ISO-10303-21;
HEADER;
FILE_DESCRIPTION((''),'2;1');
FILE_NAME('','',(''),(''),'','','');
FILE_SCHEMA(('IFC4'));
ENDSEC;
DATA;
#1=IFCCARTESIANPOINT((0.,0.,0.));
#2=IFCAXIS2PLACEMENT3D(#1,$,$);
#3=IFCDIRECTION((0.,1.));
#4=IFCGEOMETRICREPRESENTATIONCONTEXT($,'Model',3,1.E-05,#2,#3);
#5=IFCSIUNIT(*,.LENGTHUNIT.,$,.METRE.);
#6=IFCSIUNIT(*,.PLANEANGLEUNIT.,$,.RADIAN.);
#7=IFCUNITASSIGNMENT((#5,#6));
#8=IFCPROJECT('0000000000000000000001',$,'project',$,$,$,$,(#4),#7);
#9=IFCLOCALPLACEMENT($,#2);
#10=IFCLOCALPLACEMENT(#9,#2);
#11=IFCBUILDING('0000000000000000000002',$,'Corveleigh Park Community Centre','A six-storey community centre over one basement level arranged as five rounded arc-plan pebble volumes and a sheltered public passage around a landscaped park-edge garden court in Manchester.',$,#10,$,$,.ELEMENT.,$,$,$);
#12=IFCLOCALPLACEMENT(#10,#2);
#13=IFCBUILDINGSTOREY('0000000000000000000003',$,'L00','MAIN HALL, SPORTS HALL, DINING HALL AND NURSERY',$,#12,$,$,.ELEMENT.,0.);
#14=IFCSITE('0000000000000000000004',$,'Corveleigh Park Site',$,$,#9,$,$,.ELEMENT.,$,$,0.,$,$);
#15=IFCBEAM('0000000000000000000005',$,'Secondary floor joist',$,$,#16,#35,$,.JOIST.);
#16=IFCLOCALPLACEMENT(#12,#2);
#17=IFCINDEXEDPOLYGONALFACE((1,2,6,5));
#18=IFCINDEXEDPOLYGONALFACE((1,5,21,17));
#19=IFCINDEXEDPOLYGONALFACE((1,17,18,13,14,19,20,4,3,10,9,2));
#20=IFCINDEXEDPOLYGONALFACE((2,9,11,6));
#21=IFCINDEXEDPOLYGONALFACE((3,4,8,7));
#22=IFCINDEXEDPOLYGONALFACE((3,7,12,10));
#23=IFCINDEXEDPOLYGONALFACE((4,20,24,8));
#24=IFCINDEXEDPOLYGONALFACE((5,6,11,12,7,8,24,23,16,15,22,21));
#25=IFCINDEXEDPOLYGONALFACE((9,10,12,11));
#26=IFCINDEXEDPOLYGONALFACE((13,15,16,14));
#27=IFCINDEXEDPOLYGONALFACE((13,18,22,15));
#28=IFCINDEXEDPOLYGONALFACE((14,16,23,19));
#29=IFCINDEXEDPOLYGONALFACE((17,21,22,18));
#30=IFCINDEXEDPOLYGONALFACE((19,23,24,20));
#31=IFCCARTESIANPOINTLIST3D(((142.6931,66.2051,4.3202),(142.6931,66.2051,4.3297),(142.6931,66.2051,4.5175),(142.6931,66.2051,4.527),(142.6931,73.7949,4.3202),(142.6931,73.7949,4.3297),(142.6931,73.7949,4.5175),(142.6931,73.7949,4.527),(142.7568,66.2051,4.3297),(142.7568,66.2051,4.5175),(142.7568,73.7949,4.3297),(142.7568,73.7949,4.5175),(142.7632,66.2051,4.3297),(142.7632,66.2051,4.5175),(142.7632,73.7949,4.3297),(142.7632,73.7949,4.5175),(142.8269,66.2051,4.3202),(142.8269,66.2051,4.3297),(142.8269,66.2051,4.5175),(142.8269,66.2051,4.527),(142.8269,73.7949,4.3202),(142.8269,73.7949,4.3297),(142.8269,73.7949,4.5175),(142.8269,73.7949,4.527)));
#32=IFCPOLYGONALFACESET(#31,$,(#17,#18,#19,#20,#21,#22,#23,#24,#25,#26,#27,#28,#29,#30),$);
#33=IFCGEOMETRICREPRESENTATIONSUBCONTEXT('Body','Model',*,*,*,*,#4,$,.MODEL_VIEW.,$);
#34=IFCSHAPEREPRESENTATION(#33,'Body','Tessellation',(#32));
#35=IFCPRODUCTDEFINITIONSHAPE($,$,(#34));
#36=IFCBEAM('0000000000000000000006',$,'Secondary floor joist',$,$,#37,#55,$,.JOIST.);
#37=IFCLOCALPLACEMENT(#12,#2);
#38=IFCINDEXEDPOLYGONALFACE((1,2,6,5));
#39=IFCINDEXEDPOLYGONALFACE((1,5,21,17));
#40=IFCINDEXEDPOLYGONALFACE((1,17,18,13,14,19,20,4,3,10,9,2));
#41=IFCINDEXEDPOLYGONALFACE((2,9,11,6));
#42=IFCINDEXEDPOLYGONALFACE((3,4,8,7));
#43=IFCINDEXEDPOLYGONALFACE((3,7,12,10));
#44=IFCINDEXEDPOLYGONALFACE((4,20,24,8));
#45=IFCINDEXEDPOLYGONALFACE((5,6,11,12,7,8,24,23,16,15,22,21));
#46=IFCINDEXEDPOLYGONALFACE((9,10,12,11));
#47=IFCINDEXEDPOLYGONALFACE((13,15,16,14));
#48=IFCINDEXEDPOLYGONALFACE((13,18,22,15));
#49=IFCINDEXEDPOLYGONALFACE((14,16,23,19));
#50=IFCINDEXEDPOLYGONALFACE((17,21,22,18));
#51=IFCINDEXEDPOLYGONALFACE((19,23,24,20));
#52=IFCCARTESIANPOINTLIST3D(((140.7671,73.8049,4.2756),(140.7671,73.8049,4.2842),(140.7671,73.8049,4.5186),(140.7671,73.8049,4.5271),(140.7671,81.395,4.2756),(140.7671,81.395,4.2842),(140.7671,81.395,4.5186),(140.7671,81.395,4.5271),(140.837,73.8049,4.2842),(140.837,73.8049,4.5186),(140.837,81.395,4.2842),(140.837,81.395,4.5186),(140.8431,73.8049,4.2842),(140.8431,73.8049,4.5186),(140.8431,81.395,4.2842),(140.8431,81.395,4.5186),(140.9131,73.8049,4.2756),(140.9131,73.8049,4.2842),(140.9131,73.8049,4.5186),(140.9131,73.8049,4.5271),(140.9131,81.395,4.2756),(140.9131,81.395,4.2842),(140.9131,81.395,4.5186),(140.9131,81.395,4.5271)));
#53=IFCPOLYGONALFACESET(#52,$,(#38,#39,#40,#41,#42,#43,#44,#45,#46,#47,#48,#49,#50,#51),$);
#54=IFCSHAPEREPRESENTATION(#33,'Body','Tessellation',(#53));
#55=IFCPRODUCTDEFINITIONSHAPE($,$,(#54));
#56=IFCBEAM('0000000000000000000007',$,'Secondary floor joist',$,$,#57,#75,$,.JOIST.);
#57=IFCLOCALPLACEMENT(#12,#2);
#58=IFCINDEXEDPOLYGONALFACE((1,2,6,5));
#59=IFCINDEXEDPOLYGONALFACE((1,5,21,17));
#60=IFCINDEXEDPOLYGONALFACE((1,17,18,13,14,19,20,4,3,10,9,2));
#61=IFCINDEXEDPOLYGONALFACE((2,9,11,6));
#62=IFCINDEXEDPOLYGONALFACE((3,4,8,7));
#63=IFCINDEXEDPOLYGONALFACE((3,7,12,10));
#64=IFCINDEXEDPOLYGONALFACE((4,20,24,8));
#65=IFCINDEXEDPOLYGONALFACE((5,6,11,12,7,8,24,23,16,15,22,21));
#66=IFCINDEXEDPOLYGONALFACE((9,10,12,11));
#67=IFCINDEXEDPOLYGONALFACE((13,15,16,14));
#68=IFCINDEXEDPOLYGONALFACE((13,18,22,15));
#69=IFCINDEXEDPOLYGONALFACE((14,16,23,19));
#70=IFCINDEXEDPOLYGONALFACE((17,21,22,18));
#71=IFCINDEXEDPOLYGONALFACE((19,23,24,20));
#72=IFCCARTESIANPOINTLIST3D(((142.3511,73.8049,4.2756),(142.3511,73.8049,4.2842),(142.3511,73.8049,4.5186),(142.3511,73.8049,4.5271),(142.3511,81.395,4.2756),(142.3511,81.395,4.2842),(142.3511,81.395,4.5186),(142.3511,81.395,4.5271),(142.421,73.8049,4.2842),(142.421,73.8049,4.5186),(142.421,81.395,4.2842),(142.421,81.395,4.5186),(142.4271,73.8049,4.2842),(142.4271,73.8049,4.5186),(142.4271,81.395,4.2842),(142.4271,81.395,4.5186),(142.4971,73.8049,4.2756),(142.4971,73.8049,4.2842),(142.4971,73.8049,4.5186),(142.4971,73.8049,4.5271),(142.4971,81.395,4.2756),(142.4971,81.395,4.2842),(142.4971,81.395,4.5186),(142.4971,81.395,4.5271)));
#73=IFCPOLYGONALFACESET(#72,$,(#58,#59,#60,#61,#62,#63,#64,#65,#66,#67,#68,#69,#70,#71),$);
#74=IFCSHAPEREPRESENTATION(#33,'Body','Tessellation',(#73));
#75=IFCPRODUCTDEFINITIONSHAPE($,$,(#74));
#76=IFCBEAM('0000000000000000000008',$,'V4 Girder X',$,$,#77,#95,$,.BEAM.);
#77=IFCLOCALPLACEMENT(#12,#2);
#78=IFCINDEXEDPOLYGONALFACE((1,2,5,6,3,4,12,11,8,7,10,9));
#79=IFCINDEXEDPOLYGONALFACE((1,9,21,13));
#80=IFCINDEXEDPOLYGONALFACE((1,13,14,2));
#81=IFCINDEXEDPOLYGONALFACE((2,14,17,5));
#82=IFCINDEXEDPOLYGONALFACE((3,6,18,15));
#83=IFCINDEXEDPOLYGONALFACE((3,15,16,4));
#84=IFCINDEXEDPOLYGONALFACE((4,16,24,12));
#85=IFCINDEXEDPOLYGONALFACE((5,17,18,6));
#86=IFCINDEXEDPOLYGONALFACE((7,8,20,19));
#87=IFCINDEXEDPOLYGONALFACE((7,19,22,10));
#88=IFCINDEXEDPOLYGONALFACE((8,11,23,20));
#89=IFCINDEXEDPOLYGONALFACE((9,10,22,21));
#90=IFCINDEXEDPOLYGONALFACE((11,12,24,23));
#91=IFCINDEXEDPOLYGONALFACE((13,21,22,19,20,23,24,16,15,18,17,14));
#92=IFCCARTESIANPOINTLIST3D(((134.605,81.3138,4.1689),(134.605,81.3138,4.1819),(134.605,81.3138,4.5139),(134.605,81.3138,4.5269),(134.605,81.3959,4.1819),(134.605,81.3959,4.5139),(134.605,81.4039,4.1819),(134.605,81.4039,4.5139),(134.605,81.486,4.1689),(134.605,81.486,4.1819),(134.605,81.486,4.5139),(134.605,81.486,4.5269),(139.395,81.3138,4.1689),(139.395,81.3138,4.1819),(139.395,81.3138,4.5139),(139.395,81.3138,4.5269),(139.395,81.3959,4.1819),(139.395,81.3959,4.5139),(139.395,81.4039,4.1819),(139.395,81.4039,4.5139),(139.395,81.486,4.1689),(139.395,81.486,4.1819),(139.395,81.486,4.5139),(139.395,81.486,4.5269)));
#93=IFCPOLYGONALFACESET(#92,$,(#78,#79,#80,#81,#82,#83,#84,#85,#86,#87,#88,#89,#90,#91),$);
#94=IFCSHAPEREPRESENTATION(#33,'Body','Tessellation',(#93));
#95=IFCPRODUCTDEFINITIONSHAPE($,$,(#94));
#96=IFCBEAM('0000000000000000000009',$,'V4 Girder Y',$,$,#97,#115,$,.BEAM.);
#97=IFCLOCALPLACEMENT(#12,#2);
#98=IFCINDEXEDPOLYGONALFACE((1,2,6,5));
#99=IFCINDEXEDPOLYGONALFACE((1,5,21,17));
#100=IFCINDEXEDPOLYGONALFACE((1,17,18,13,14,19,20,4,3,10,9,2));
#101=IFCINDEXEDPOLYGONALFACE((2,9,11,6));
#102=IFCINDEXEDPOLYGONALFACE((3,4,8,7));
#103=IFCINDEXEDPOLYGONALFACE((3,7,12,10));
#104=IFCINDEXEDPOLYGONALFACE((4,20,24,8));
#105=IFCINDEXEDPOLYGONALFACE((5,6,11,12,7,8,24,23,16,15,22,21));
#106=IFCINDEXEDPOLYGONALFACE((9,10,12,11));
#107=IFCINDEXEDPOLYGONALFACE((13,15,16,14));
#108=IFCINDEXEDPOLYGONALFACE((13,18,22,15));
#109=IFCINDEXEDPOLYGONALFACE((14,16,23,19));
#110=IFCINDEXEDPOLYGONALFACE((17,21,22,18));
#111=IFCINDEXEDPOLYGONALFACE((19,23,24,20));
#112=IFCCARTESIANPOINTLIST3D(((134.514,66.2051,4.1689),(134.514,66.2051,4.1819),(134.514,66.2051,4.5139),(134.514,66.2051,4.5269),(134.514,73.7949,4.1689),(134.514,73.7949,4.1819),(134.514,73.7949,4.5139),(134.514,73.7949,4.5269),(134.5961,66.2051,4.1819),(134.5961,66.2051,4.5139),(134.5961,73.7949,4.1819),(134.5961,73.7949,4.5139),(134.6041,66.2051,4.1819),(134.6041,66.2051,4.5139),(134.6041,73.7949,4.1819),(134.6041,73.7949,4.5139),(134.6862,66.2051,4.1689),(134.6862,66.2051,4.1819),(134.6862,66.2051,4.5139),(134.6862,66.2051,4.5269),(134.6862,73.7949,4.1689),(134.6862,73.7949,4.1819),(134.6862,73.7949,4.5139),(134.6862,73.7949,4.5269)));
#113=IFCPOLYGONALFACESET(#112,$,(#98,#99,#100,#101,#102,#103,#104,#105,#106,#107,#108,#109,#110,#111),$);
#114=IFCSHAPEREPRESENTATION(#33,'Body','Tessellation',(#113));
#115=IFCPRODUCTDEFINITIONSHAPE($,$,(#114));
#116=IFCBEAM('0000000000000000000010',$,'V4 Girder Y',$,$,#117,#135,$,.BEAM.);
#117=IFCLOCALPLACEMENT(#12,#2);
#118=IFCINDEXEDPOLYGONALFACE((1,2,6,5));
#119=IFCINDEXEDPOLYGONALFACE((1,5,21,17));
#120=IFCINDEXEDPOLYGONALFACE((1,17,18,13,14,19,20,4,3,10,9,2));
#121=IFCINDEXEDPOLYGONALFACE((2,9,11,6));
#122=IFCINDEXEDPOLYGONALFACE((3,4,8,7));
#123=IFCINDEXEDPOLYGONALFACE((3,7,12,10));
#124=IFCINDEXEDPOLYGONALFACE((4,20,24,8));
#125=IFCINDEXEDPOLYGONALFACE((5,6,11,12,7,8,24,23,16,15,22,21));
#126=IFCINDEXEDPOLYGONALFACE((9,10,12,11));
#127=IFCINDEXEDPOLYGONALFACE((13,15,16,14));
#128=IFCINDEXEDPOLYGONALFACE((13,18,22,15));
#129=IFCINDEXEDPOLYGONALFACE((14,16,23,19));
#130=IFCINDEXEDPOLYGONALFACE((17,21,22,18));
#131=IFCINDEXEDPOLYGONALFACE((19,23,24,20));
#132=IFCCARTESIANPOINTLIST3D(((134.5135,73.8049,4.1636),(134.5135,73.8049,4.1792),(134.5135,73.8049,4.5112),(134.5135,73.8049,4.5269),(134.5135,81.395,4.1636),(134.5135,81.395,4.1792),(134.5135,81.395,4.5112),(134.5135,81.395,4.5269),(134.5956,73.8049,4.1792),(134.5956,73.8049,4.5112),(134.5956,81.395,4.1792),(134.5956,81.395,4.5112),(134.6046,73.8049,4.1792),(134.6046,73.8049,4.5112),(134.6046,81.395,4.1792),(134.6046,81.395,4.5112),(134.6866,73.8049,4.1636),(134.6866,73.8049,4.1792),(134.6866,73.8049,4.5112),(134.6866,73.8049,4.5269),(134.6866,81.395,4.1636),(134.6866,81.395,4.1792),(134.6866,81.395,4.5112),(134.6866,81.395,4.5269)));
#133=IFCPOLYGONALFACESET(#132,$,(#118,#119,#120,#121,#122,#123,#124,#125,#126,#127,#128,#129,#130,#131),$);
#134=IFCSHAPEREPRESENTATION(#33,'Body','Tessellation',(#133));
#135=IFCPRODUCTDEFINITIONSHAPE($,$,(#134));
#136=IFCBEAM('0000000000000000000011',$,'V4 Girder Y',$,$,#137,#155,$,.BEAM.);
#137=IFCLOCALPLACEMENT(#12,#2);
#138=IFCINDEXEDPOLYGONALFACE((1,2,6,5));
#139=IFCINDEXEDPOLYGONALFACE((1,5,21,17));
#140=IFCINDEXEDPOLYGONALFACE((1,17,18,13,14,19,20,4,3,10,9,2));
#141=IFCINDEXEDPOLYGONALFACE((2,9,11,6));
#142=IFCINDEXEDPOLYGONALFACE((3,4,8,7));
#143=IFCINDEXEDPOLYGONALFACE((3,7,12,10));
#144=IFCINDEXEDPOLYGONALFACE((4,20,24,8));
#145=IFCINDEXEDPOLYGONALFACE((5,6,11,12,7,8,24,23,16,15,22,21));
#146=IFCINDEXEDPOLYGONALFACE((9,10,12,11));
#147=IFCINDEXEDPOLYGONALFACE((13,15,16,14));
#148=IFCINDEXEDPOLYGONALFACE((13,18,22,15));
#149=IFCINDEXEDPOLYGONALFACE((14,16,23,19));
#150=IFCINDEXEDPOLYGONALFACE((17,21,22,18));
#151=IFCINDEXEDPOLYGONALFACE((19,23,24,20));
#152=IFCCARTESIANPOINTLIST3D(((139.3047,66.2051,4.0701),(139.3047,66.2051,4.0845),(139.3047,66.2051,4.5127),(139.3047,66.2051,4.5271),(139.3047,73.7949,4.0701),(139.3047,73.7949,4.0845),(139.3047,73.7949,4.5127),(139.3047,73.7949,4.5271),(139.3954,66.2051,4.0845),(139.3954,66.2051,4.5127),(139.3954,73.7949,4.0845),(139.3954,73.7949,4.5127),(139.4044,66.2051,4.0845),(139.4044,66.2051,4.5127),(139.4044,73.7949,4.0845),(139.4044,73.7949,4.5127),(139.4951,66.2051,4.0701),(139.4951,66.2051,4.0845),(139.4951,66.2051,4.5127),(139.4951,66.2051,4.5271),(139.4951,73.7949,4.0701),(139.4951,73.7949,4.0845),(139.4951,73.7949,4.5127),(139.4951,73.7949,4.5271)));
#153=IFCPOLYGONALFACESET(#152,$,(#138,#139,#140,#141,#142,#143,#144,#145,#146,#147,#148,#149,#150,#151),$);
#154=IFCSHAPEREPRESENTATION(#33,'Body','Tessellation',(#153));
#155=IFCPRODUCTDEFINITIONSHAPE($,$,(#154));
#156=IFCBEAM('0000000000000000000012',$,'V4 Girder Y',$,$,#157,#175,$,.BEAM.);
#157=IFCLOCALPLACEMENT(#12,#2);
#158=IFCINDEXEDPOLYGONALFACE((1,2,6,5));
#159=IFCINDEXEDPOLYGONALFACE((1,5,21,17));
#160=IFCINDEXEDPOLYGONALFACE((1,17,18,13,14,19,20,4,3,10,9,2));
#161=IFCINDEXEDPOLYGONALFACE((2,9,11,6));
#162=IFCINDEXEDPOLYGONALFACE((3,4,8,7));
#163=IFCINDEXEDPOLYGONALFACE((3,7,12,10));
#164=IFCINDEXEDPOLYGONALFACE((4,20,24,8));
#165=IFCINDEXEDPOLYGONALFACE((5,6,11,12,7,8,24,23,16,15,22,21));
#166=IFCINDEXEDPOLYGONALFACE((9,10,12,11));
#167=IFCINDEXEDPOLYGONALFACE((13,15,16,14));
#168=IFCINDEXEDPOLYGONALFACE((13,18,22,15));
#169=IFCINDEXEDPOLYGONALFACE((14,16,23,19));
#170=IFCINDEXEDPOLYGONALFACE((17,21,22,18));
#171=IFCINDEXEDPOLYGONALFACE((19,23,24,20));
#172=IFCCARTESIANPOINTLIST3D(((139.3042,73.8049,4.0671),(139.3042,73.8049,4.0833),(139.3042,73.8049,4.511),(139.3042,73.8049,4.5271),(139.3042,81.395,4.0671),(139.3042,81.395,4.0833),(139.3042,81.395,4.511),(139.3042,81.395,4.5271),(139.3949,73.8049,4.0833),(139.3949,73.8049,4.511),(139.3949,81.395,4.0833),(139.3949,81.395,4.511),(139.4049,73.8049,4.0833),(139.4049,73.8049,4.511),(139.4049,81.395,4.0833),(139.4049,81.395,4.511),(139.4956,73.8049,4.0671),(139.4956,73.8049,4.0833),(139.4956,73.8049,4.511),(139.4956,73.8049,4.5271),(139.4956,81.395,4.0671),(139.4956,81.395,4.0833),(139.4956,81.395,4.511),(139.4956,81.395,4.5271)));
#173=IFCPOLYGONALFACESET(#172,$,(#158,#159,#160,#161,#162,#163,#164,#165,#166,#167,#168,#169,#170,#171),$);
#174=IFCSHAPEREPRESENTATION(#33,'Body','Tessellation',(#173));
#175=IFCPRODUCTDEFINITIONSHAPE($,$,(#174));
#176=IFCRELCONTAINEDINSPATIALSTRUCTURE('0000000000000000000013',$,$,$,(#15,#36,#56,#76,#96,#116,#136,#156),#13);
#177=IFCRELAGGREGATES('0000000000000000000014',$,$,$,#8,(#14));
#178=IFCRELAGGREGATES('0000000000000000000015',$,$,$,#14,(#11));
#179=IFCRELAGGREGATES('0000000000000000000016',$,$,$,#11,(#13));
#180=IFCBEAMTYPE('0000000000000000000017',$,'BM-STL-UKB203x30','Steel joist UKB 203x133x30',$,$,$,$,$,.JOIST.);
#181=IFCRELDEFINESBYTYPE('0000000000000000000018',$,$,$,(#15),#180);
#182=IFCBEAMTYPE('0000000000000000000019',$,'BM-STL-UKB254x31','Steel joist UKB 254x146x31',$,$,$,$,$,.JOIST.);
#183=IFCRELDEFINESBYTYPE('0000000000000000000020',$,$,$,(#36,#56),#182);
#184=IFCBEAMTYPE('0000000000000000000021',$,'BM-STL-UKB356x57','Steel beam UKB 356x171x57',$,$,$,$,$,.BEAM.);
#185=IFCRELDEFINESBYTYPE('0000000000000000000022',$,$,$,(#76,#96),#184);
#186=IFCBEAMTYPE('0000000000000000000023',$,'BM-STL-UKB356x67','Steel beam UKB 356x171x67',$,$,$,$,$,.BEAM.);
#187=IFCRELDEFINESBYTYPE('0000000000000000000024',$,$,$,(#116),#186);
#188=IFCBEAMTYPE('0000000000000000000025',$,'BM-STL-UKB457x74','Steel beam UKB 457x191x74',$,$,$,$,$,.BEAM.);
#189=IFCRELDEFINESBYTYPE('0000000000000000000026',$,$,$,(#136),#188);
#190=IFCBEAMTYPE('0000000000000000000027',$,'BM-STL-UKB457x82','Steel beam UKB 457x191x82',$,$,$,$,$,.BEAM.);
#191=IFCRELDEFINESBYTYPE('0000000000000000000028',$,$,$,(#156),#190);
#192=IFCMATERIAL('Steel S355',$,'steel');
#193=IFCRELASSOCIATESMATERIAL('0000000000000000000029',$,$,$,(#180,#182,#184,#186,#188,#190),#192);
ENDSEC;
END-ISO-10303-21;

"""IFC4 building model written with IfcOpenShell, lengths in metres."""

from ifc_helpers import new_model, si_unit, direction, frame, origin, origin_2d, place, context, subcontext, project, spatial, i_section, extrude, material, material_profile, profile_set, type_object, element, save


model = new_model("IFC4")

# Units and contexts
model_context = context("Model", 3, precision=1e-05, world=origin(), true_north=direction((0.0, 1.0)))
body_context = subcontext(model_context, "Body", "Model", "MODEL_VIEW")
ifc_project = project(units=[si_unit("LENGTHUNIT", "METRE"), si_unit("PLANEANGLEUNIT", "RADIAN")], contexts=[model_context])

# Site, building, storey
site_placement = place(None, origin())
site = spatial("IfcSite", under=ifc_project, at=site_placement, Name="Corveleigh Park Site", CompositionType="ELEMENT", RefElevation=0.0)
building_placement = place(site_placement, origin())
building = spatial("IfcBuilding", under=site, at=building_placement, Name="Corveleigh Park Community Centre", Description="A six-storey community centre over one basement level arranged as five rounded arc-plan pebble volumes and a sheltered public passage around a landscaped park-edge garden court in Manchester.", CompositionType="ELEMENT")
storey_placement = place(building_placement, origin())
storey = spatial("IfcBuildingStorey", under=building, at=storey_placement, Name="L00", Description="MAIN HALL, SPORTS HALL, DINING HALL AND NURSERY", CompositionType="ELEMENT", Elevation=0.0)

# Shared definitions
ifc_material_1 = material(Name="Steel S355", Category="steel")

# Beams
ifc_material_profile_1 = material_profile(ifc_material_1, i_section(OverallWidth=0.1338, OverallDepth=0.2068, WebThickness=0.0063, FlangeThickness=0.0095, at=origin_2d()), Name="UKB 203x133x30", Category="steel")
ifc_profile_set_1 = profile_set([ifc_material_profile_1], Name="Steel S355")
beam_type_1 = type_object("IfcBeamType", Name="BM-STL-UKB203x30", Description="Steel joist UKB 203x133x30", PredefinedType="JOIST", material=ifc_profile_set_1)
for number, where, z_axis, x_axis, name in (
    (1, (142.76, 66.2051, 4.4236), (0.0, 1.0, 0.0), (-1.0, 0.0, 0.0), "Secondary floor joist"),
):
    element("IfcBeam", number, at=place(storey_placement, frame(where, z_axis=z_axis, x_axis=x_axis)), inside=storey, type_object=beam_type_1, Name=name, PredefinedType="JOIST", context=body_context, shape_type="SweptSolid", body=[
        extrude(i_section(OverallWidth=0.1338, OverallDepth=0.2068, WebThickness=0.0063, FlangeThickness=0.0095, at=origin_2d()), origin(), (0.0, 0.0, 1.0), 7.5898),
    ])
ifc_material_profile_2 = material_profile(ifc_material_1, i_section(OverallWidth=0.146, OverallDepth=0.2515, WebThickness=0.0061, FlangeThickness=0.0085, at=origin_2d()), Name="UKB 254x146x31", Category="steel")
ifc_profile_set_2 = profile_set([ifc_material_profile_2], Name="Steel S355")
beam_type_2 = type_object("IfcBeamType", Name="BM-STL-UKB254x31", Description="Steel joist UKB 254x146x31", PredefinedType="JOIST", material=ifc_profile_set_2)
for number, where, z_axis, x_axis, name in (
    (2, (140.8401, 73.8049, 4.4014), (0.0, 1.0, 0.0), (-1.0, 0.0, 0.0), "Secondary floor joist"),
    (3, (142.4241, 73.8049, 4.4014), (0.0, 1.0, 0.0), (-1.0, 0.0, 0.0), "Secondary floor joist"),
):
    element("IfcBeam", number, at=place(storey_placement, frame(where, z_axis=z_axis, x_axis=x_axis)), inside=storey, type_object=beam_type_2, Name=name, PredefinedType="JOIST", context=body_context, shape_type="SweptSolid", body=[
        extrude(i_section(OverallWidth=0.146, OverallDepth=0.2515, WebThickness=0.0061, FlangeThickness=0.0085, at=origin_2d()), origin(), (0.0, 0.0, 1.0), 7.5901),
    ])
ifc_material_profile_3 = material_profile(ifc_material_1, i_section(OverallWidth=0.1721, OverallDepth=0.3579, WebThickness=0.0081, FlangeThickness=0.0129, at=origin_2d()), Name="UKB 356x171x57", Category="steel")
ifc_profile_set_3 = profile_set([ifc_material_profile_3], Name="Steel S355")
beam_type_3 = type_object("IfcBeamType", Name="BM-STL-UKB356x57", Description="Steel beam UKB 356x171x57", PredefinedType="BEAM", material=ifc_profile_set_3)
beam_1_placement = place(storey_placement, frame((134.605, 81.3999, 4.3479), z_axis=(1.0, 0.0, 0.0), x_axis=(0.0, 1.0, 0.0)))
element("IfcBeam", 4, at=beam_1_placement, inside=storey, type_object=beam_type_3, Name="V4 Girder X", PredefinedType="BEAM", context=body_context, shape_type="SweptSolid", body=[
    extrude(i_section(OverallWidth=0.1721, OverallDepth=0.3579, WebThickness=0.0081, FlangeThickness=0.0129, at=origin_2d()), origin(), (0.0, 0.0, 1.0), 4.79),
])
beam_2_placement = place(storey_placement, frame((134.6001, 66.2051, 4.3479), z_axis=(0.0, 1.0, 0.0), x_axis=(-1.0, 0.0, 0.0)))
element("IfcBeam", 5, at=beam_2_placement, inside=storey, type_object=beam_type_3, Name="V4 Girder Y", PredefinedType="BEAM", context=body_context, shape_type="SweptSolid", body=[
    extrude(i_section(OverallWidth=0.1721, OverallDepth=0.3579, WebThickness=0.0081, FlangeThickness=0.0129, at=origin_2d()), origin(), (0.0, 0.0, 1.0), 7.5898),
])
ifc_material_profile_4 = material_profile(ifc_material_1, i_section(OverallWidth=0.1731, OverallDepth=0.3633, WebThickness=0.009, FlangeThickness=0.0156, at=origin_2d()), Name="UKB 356x171x67", Category="steel")
ifc_profile_set_4 = profile_set([ifc_material_profile_4], Name="Steel S355")
beam_type_4 = type_object("IfcBeamType", Name="BM-STL-UKB356x67", Description="Steel beam UKB 356x171x67", PredefinedType="BEAM", material=ifc_profile_set_4)
beam_3_placement = place(storey_placement, frame((134.6001, 73.8049, 4.3452), z_axis=(0.0, 1.0, 0.0), x_axis=(-1.0, 0.0, 0.0)))
element("IfcBeam", 6, at=beam_3_placement, inside=storey, type_object=beam_type_4, Name="V4 Girder Y", PredefinedType="BEAM", context=body_context, shape_type="SweptSolid", body=[
    extrude(i_section(OverallWidth=0.1731, OverallDepth=0.3633, WebThickness=0.009, FlangeThickness=0.0156, at=origin_2d()), origin(), (0.0, 0.0, 1.0), 7.5901),
])
ifc_material_profile_5 = material_profile(ifc_material_1, i_section(OverallWidth=0.1904, OverallDepth=0.457, WebThickness=0.009, FlangeThickness=0.0144, at=origin_2d()), Name="UKB 457x191x74", Category="steel")
ifc_profile_set_5 = profile_set([ifc_material_profile_5], Name="Steel S355")
beam_type_5 = type_object("IfcBeamType", Name="BM-STL-UKB457x74", Description="Steel beam UKB 457x191x74", PredefinedType="BEAM", material=ifc_profile_set_5)
beam_4_placement = place(storey_placement, frame((139.3999, 66.2051, 4.2986), z_axis=(0.0, 1.0, 0.0), x_axis=(-1.0, 0.0, 0.0)))
element("IfcBeam", 7, at=beam_4_placement, inside=storey, type_object=beam_type_5, Name="V4 Girder Y", PredefinedType="BEAM", context=body_context, shape_type="SweptSolid", body=[
    extrude(i_section(OverallWidth=0.1904, OverallDepth=0.457, WebThickness=0.009, FlangeThickness=0.0144, at=origin_2d()), origin(), (0.0, 0.0, 1.0), 7.5898),
])
ifc_material_profile_6 = material_profile(ifc_material_1, i_section(OverallWidth=0.1914, OverallDepth=0.46, WebThickness=0.01, FlangeThickness=0.0161, at=origin_2d()), Name="UKB 457x191x82", Category="steel")
ifc_profile_set_6 = profile_set([ifc_material_profile_6], Name="Steel S355")
beam_type_6 = type_object("IfcBeamType", Name="BM-STL-UKB457x82", Description="Steel beam UKB 457x191x82", PredefinedType="BEAM", material=ifc_profile_set_6)
beam_5_placement = place(storey_placement, frame((139.3999, 73.8049, 4.2971), z_axis=(0.0, 1.0, 0.0), x_axis=(-1.0, 0.0, 0.0)))
element("IfcBeam", 8, at=beam_5_placement, inside=storey, type_object=beam_type_6, Name="V4 Girder Y", PredefinedType="BEAM", context=body_context, shape_type="SweptSolid", body=[
    extrude(i_section(OverallWidth=0.1914, OverallDepth=0.46, WebThickness=0.01, FlangeThickness=0.0161, at=origin_2d()), origin(), (0.0, 0.0, 1.0), 7.5901),
])

save(model, "model.ifc")
